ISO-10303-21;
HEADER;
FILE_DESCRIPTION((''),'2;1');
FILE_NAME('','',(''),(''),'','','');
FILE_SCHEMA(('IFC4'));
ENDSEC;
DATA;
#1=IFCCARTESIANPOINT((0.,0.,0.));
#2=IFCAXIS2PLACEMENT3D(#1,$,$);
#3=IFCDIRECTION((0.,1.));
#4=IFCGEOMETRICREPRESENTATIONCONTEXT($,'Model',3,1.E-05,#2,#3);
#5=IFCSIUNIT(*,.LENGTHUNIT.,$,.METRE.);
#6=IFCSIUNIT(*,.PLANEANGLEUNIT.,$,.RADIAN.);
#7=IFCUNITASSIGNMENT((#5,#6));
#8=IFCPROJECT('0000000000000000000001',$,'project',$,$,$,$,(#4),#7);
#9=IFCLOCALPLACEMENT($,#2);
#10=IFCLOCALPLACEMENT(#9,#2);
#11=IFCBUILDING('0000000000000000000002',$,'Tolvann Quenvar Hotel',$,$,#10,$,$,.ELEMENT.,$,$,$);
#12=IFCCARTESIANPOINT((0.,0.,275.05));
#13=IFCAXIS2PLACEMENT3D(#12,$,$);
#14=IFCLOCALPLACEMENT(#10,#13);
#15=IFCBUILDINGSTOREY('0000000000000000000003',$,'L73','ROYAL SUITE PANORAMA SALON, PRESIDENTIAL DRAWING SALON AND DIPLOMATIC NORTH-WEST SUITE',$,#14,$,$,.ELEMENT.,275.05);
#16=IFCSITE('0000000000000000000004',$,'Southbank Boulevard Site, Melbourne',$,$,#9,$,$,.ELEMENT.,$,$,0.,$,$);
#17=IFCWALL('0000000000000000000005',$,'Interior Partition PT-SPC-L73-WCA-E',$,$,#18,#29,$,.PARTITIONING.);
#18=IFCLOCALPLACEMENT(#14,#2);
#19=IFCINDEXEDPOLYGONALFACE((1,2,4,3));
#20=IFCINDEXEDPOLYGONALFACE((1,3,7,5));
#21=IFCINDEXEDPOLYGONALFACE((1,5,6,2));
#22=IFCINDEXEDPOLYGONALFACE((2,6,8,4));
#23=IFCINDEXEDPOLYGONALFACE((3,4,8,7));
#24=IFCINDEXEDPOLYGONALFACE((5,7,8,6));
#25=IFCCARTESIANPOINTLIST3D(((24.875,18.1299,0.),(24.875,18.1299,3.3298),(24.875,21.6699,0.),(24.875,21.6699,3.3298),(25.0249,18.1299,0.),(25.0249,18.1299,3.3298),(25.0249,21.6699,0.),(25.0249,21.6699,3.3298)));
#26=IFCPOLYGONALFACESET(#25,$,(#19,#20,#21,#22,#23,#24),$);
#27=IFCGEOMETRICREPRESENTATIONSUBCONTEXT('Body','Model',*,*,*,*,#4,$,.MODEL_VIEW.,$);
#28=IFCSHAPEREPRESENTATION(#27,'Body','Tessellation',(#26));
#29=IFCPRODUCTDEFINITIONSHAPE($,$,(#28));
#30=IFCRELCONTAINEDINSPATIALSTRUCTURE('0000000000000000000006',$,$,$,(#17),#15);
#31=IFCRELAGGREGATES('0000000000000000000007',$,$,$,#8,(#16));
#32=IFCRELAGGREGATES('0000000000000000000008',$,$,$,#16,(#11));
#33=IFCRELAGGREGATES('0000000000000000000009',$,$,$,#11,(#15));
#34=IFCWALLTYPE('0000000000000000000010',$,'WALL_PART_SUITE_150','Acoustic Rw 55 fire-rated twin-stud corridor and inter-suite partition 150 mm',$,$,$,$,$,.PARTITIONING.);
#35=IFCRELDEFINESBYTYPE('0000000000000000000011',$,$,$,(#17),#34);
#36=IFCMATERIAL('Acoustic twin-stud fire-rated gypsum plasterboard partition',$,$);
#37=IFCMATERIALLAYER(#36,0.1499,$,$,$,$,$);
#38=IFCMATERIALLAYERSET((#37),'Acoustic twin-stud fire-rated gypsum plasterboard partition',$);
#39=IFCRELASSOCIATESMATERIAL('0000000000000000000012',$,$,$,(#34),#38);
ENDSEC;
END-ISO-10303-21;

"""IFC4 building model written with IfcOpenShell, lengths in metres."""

from ifc_helpers import new_model, si_unit, direction, frame, frame_2d, origin, place, context, subcontext, project, spatial, rectangle, extrude, material, layer, layer_set, type_object, element, save


model = new_model("IFC4")

# Units and contexts
model_context = context("Model", 3, precision=1e-05, world=origin(), true_north=direction((0.0, 1.0)))
body_context = subcontext(model_context, "Body", "Model", "MODEL_VIEW")
ifc_project = project(units=[si_unit("LENGTHUNIT", "METRE"), si_unit("PLANEANGLEUNIT", "RADIAN")], contexts=[model_context])

# Site, building, storey
site_placement = place(None, origin())
site = spatial("IfcSite", under=ifc_project, at=site_placement, Name="Southbank Boulevard Site, Melbourne", CompositionType="ELEMENT", RefElevation=0.0)
building_placement = place(site_placement, origin())
building = spatial("IfcBuilding", under=site, at=building_placement, Name="Tolvann Quenvar Hotel", CompositionType="ELEMENT")
storey_placement = place(building_placement, frame((0.0, 0.0, 275.05)))
storey = spatial("IfcBuildingStorey", under=building, at=storey_placement, Name="L73", Description="ROYAL SUITE PANORAMA SALON, PRESIDENTIAL DRAWING SALON AND DIPLOMATIC NORTH-WEST SUITE", CompositionType="ELEMENT", Elevation=275.05)

# Shared definitions
ifc_material_1 = material(Name="Acoustic twin-stud fire-rated gypsum plasterboard partition")
ifc_layer_1 = layer(ifc_material_1, 0.1499)
ifc_layer_set_1 = layer_set([ifc_layer_1], Name="Acoustic twin-stud fire-rated gypsum plasterboard partition")
wall_type_1 = type_object("IfcWallType", Name="WALL_PART_SUITE_150", Description="Acoustic Rw 55 fire-rated twin-stud corridor and inter-suite partition 150 mm", PredefinedType="PARTITIONING", material=ifc_layer_set_1)

# Wall
for number, where, z_axis, x_axis, name in (
    (1, (24.95, 18.1299, 0.0), (0.0, 0.0, 1.0), (0.0, 1.0, 0.0), "Interior Partition PT-SPC-L73-WCA-E"),
):
    element("IfcWall", number, at=place(storey_placement, frame(where, z_axis=z_axis, x_axis=x_axis)), inside=storey, type_object=wall_type_1, Name=name, PredefinedType="PARTITIONING", context=body_context, shape_type="SweptSolid", body=[
        extrude(rectangle(XDim=3.54, YDim=0.1499, at=frame_2d((1.77, 0.0))), origin(), (0.0, 0.0, 1.0), 3.3298),
    ])

save(model, "model.ifc")
